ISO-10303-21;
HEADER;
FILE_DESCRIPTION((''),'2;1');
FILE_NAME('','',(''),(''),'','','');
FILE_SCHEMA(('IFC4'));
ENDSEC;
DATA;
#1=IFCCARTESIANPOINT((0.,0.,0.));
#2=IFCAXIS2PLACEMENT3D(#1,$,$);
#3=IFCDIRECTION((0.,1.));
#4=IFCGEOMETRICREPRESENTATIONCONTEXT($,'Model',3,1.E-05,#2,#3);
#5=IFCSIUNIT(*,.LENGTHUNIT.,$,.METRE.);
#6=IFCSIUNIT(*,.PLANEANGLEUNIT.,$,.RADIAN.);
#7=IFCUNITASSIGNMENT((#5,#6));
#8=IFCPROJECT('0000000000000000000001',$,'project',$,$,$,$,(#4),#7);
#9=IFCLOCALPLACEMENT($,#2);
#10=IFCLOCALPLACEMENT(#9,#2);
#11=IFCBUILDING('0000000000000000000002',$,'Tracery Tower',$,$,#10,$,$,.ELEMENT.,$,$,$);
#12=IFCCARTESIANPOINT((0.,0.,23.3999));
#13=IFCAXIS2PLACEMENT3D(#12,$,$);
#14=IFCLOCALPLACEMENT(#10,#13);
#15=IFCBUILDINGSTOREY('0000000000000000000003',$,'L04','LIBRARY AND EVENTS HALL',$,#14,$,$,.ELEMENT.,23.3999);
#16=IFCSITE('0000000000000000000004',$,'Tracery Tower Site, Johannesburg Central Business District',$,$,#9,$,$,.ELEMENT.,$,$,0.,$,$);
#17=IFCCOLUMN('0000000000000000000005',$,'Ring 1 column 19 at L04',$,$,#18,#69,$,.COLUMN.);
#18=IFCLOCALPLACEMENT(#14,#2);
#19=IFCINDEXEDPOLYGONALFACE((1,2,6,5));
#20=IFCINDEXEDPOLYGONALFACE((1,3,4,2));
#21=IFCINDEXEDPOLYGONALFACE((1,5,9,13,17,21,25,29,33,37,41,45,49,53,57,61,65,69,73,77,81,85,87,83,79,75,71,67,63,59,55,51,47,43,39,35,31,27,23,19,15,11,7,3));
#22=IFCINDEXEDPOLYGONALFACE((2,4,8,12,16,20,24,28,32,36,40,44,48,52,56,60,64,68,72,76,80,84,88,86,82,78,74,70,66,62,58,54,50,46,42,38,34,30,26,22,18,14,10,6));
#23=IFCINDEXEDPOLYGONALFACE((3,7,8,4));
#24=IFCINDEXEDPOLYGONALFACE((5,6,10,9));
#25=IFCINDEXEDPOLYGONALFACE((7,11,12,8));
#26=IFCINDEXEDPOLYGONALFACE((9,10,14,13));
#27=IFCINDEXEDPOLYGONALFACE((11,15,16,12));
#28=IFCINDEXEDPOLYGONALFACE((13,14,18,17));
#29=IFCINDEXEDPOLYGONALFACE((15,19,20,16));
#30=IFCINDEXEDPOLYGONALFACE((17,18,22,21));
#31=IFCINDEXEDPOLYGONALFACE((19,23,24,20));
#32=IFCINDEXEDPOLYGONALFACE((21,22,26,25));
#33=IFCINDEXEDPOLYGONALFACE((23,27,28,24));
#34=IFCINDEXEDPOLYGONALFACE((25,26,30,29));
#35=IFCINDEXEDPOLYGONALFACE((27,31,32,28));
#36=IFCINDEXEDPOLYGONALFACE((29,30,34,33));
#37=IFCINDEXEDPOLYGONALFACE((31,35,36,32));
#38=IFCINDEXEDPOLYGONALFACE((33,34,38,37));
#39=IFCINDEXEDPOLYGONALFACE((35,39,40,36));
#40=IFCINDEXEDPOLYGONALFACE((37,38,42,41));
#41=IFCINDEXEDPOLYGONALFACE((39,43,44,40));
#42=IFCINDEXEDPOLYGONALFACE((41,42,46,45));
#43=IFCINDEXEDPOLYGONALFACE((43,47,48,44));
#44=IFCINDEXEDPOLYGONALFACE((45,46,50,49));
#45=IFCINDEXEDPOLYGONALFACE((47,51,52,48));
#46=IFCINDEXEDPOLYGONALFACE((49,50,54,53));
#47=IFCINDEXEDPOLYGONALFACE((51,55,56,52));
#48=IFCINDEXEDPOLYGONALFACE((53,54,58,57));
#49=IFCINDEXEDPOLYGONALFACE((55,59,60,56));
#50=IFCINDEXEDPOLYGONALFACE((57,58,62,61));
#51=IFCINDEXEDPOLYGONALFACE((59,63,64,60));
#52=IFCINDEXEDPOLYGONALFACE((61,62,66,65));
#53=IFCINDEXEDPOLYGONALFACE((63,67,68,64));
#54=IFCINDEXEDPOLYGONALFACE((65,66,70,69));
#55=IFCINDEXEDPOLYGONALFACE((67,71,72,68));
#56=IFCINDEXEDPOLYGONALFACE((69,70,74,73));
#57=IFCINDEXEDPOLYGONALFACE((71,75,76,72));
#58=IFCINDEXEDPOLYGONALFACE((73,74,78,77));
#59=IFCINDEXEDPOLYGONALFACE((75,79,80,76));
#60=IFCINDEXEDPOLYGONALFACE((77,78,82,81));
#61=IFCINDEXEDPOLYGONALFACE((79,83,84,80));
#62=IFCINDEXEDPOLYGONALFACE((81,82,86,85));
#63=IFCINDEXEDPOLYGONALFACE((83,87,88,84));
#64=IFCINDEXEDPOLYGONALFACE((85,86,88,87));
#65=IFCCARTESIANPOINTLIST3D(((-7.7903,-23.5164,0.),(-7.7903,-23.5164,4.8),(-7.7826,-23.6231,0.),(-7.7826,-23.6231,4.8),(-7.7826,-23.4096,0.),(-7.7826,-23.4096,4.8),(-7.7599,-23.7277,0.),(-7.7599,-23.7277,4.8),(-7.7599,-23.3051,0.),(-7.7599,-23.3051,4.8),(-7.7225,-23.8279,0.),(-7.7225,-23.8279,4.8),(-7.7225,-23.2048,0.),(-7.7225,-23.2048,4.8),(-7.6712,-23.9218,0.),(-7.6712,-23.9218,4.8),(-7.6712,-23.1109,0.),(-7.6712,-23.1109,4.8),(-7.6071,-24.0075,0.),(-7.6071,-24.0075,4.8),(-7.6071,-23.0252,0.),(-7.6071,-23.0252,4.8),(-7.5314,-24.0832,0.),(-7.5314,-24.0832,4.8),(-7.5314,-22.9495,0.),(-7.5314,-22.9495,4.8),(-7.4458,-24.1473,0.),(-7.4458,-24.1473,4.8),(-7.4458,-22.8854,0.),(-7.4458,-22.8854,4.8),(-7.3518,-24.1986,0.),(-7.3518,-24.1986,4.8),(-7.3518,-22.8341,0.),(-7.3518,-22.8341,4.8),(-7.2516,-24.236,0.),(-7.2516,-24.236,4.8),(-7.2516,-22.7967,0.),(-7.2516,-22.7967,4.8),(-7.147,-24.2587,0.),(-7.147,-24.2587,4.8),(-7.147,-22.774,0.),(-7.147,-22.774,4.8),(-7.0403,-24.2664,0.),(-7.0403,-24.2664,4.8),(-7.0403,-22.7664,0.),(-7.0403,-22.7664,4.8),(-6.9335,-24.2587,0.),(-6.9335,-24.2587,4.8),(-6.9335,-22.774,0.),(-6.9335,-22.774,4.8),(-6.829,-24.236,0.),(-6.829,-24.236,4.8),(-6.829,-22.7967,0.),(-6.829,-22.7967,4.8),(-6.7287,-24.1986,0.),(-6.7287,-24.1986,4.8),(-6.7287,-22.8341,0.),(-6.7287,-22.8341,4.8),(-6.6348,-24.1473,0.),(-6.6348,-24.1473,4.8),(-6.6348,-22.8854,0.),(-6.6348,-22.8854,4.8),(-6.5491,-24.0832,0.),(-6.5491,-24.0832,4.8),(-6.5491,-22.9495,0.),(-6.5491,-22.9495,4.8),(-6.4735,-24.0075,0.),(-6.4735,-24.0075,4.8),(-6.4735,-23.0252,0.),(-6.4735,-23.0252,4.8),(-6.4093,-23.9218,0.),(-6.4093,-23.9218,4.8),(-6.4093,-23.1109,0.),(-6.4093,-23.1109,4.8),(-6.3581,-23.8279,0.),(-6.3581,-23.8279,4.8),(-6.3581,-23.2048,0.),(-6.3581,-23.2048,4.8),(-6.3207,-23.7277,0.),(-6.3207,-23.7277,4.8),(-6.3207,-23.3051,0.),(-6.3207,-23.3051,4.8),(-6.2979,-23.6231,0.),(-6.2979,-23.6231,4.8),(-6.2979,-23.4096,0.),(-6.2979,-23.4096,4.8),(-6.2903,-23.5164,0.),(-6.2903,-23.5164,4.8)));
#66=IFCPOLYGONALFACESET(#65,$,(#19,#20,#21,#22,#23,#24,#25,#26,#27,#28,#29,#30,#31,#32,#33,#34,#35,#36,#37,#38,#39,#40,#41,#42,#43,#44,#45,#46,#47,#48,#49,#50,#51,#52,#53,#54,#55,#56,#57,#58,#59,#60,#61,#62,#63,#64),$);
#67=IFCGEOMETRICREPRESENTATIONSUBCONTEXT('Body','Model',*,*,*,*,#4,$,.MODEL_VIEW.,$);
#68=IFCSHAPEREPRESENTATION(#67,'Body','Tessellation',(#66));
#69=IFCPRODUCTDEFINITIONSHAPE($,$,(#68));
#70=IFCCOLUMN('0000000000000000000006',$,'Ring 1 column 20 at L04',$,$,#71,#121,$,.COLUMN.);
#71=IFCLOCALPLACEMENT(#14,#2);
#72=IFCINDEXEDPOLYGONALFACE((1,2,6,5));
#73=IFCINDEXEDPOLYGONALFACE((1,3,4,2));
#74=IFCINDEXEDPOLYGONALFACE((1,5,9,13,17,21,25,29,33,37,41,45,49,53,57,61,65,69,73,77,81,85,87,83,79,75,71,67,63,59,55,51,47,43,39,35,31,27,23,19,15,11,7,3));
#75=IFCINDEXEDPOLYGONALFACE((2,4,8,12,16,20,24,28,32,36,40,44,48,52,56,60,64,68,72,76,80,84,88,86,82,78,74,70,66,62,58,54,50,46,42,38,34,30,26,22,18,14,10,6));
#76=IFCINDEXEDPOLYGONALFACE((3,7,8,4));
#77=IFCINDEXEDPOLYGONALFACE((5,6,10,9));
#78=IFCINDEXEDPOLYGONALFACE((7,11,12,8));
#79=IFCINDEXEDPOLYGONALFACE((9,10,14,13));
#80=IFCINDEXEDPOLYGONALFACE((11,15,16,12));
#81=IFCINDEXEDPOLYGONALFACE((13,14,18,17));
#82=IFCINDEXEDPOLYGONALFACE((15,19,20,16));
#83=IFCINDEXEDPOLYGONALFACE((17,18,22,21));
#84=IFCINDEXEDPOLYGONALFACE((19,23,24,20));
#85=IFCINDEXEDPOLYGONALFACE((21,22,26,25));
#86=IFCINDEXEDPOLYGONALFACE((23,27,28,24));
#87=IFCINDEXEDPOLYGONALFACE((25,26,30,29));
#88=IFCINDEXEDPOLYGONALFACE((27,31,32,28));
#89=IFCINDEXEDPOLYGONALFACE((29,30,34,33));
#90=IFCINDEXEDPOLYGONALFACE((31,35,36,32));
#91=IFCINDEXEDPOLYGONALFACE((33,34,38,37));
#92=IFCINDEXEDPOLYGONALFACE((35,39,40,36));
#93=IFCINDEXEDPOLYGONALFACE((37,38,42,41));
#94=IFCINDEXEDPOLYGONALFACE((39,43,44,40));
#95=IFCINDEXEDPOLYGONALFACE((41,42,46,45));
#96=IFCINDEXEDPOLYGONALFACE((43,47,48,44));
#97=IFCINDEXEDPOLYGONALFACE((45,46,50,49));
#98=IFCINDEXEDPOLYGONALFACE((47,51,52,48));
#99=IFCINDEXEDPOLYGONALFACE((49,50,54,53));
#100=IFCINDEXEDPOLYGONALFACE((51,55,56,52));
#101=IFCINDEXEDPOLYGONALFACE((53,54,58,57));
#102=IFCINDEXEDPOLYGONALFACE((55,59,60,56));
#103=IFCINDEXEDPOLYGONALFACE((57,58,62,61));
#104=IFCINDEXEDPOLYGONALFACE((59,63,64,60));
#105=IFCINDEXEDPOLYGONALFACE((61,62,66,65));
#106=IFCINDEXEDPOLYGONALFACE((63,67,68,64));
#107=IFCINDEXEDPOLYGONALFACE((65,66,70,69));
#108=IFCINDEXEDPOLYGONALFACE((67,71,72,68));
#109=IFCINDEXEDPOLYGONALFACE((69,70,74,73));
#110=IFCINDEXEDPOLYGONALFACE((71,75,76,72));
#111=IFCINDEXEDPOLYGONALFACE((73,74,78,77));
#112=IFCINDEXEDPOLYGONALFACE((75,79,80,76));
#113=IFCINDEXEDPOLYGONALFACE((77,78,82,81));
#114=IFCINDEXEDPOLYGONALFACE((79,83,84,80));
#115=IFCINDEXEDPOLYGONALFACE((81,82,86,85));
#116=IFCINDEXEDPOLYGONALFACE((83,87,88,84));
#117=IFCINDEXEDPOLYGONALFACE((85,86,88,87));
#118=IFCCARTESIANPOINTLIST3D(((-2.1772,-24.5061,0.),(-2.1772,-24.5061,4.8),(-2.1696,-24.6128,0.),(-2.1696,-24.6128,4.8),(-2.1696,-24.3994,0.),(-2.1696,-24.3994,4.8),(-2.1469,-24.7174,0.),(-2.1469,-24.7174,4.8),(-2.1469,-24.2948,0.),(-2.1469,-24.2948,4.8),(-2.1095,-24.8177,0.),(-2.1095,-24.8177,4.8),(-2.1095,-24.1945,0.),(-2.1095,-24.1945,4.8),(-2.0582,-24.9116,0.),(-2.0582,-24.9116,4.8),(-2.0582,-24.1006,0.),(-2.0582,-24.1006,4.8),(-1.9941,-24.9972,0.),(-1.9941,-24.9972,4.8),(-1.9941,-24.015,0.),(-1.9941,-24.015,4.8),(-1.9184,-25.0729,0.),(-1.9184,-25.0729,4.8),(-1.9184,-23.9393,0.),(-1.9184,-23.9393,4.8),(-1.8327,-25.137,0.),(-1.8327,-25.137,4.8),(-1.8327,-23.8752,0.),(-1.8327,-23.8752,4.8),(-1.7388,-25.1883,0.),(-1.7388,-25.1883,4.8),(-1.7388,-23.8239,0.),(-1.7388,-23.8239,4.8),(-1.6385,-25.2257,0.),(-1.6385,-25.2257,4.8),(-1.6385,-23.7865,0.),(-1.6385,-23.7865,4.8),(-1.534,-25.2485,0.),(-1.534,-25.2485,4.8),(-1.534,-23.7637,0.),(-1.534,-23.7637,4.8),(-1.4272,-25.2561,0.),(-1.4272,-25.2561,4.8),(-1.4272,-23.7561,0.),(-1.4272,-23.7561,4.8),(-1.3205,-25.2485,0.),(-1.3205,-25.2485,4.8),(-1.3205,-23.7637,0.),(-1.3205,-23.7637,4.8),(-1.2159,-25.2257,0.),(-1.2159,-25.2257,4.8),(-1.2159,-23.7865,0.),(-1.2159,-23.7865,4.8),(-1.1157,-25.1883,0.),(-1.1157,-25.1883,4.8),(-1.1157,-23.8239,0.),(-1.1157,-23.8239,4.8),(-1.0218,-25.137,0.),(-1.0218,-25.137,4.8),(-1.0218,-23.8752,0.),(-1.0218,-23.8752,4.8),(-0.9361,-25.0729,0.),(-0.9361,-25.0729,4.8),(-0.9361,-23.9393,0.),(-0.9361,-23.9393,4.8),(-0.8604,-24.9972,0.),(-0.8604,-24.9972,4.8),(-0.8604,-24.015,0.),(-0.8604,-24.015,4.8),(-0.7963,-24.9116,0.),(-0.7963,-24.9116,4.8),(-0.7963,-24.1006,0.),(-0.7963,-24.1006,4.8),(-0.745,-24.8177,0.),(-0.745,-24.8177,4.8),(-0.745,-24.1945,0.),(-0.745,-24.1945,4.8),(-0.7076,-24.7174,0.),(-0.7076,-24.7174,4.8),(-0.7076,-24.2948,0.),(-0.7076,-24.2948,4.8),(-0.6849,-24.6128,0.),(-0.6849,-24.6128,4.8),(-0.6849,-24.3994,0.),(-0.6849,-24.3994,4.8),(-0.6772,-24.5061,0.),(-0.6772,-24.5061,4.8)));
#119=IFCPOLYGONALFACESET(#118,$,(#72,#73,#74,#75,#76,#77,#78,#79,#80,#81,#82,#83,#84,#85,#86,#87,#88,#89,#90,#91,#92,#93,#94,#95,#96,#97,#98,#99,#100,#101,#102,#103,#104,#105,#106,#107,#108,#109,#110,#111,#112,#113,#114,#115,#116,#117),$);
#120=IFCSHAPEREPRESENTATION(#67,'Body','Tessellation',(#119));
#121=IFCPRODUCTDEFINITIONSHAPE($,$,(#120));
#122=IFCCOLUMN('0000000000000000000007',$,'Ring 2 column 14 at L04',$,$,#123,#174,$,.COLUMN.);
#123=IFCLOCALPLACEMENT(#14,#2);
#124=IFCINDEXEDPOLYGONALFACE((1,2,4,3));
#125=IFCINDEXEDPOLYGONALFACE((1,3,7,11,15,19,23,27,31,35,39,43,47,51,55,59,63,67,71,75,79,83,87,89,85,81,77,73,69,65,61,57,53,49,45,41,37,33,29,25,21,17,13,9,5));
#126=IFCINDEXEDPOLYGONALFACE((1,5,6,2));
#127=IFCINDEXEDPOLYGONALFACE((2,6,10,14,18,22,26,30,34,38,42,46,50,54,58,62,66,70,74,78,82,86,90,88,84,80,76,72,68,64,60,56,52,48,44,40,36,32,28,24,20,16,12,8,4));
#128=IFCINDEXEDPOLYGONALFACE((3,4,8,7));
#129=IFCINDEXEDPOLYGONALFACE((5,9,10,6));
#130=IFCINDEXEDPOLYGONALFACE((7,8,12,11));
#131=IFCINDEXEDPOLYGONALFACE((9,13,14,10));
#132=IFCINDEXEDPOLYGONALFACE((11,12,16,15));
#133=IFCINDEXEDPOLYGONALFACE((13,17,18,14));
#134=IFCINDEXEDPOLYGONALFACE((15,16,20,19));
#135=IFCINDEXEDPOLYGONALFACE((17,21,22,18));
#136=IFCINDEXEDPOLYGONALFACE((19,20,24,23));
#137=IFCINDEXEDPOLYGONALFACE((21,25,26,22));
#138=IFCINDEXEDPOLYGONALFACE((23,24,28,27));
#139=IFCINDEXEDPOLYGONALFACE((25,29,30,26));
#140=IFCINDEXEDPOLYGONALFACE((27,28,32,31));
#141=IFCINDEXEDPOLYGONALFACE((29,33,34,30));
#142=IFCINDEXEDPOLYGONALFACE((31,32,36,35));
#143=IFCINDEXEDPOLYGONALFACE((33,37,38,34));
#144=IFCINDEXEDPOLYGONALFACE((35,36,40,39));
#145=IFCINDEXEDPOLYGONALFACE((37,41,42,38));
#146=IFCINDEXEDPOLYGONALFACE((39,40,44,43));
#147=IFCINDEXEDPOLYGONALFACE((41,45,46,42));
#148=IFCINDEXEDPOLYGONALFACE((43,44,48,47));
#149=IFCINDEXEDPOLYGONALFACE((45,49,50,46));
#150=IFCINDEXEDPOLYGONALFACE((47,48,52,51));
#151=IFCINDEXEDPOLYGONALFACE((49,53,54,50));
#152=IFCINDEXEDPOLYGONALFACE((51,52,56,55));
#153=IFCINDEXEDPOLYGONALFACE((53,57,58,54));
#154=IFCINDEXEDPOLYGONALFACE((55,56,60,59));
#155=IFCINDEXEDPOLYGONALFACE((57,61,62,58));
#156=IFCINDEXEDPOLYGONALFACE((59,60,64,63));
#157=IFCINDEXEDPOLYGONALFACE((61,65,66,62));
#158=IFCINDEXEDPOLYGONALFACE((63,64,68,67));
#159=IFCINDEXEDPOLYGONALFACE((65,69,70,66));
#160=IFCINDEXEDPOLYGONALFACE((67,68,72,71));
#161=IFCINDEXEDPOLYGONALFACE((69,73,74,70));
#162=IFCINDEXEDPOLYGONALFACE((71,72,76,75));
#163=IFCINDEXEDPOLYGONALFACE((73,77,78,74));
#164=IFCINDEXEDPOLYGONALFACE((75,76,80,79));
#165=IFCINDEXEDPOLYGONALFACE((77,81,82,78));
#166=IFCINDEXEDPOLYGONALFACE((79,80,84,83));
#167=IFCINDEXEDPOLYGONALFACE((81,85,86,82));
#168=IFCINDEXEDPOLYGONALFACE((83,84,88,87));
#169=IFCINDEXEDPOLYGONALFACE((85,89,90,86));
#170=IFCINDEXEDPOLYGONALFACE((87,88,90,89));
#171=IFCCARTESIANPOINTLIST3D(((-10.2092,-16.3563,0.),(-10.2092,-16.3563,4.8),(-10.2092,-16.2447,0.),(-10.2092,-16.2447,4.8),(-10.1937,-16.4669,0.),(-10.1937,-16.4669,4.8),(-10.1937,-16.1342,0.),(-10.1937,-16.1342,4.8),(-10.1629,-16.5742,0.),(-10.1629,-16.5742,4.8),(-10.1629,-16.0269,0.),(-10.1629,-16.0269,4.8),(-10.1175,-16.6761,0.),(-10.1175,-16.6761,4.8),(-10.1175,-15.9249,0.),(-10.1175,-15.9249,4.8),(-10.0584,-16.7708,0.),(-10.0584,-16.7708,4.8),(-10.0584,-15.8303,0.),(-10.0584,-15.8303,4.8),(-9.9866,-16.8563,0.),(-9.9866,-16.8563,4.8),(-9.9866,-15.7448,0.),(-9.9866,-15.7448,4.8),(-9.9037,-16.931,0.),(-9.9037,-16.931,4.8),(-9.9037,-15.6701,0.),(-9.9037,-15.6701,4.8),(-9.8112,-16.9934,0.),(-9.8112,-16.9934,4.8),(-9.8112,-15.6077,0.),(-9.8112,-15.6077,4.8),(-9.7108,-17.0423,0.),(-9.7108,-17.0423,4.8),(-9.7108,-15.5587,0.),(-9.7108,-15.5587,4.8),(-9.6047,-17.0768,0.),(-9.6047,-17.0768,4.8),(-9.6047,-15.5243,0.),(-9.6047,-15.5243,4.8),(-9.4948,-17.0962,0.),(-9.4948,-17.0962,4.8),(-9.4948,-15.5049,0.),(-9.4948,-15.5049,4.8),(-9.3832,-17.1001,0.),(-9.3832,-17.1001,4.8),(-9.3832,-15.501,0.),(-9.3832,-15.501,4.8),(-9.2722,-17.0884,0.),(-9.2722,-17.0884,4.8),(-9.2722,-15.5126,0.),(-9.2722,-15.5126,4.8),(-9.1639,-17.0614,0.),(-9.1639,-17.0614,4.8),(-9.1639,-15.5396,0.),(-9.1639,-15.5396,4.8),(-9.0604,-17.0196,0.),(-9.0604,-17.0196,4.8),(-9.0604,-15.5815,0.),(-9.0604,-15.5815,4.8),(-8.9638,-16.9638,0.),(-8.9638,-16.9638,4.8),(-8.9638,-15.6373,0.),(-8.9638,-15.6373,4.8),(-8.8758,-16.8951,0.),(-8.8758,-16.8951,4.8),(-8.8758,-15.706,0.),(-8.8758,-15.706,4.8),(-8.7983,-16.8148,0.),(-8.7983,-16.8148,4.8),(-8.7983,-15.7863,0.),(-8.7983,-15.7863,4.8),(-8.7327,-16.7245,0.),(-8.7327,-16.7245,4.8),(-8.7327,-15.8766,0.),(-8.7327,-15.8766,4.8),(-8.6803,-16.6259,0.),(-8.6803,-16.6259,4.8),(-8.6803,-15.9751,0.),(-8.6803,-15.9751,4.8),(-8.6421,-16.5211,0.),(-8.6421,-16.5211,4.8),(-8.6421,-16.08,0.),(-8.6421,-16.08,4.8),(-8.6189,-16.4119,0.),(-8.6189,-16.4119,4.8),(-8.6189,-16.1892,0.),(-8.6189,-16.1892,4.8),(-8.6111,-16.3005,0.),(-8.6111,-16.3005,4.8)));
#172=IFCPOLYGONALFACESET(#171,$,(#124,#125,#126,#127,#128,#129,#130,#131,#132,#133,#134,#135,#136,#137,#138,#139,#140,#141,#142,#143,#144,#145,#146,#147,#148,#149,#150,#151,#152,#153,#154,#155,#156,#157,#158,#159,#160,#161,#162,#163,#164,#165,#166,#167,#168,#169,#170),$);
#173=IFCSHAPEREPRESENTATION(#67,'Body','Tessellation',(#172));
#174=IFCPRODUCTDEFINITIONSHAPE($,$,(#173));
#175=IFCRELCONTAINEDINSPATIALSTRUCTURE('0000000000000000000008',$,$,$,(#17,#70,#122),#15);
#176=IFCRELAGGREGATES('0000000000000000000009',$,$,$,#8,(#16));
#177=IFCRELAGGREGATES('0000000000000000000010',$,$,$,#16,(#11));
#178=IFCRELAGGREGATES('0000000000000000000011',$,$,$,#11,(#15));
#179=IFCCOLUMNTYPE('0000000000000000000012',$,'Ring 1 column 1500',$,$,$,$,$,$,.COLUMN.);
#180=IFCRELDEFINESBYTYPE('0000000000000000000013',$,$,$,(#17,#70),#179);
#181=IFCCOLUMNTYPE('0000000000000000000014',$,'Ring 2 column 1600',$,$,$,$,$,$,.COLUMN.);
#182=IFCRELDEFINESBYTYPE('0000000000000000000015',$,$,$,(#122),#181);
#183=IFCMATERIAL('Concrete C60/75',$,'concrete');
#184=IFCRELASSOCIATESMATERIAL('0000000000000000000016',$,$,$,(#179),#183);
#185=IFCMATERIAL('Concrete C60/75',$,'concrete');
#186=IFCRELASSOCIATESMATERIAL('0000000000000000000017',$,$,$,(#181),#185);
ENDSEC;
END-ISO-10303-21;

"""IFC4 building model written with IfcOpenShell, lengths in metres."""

from ifc_helpers import new_model, si_unit, direction, frame, origin, origin_2d, place, context, subcontext, project, spatial, circle, extrude, material, material_profile, profile_set, type_object, element, save


model = new_model("IFC4")

# Units and contexts
model_context = context("Model", 3, precision=1e-05, world=origin(), true_north=direction((0.0, 1.0)))
body_context = subcontext(model_context, "Body", "Model", "MODEL_VIEW")
ifc_project = project(units=[si_unit("LENGTHUNIT", "METRE"), si_unit("PLANEANGLEUNIT", "RADIAN")], contexts=[model_context])

# Site, building, storey
site_placement = place(None, origin())
site = spatial("IfcSite", under=ifc_project, at=site_placement, Name="Tracery Tower Site, Johannesburg Central Business District", CompositionType="ELEMENT", RefElevation=0.0)
building_placement = place(site_placement, origin())
building = spatial("IfcBuilding", under=site, at=building_placement, Name="Tracery Tower", CompositionType="ELEMENT")
storey_placement = place(building_placement, frame((0.0, 0.0, 23.3999)))
storey = spatial("IfcBuildingStorey", under=building, at=storey_placement, Name="L04", Description="LIBRARY AND EVENTS HALL", CompositionType="ELEMENT", Elevation=23.3999)

# Columns
ifc_material_1 = material(Name="Concrete C60/75", Category="concrete")
ifc_material_profile_1 = material_profile(ifc_material_1, circle(Radius=0.75, at=origin_2d()), Name="RC D1500")
ifc_profile_set_1 = profile_set([ifc_material_profile_1], Name="Concrete C60/75")
column_type_1 = type_object("IfcColumnType", Name="Ring 1 column 1500", PredefinedType="COLUMN", material=ifc_profile_set_1)
for number, where, z_axis, x_axis, name in (
    (1, (-7.0403, -23.5164, 0.0), (0.0, 0.0, 1.0), (1.0, 0.0, 0.0), "Ring 1 column 19 at L04"),
    (2, (-1.4272, -24.5061, 0.0), (0.0, 0.0, 1.0), (1.0, 0.0, 0.0), "Ring 1 column 20 at L04"),
):
    element("IfcColumn", number, at=place(storey_placement, frame(where, z_axis=z_axis, x_axis=x_axis)), inside=storey, type_object=column_type_1, Name=name, PredefinedType="COLUMN", context=body_context, shape_type="SweptSolid", body=[
        extrude(circle(Radius=0.75, at=origin_2d()), origin(), (0.0, 0.0, 1.0), 4.8),
    ])
ifc_material_2 = material(Name="Concrete C60/75", Category="concrete")
ifc_material_profile_2 = material_profile(ifc_material_2, circle(Radius=0.8, at=origin_2d()), Name="RC D1600")
ifc_profile_set_2 = profile_set([ifc_material_profile_2], Name="Concrete C60/75")
column_type_2 = type_object("IfcColumnType", Name="Ring 2 column 1600", PredefinedType="COLUMN", material=ifc_profile_set_2)
for number, where, z_axis, x_axis, name in (
    (3, (-9.4111, -16.3005, 0.0), (0.0, 0.0, 1.0), (1.0, 0.0, 0.0), "Ring 2 column 14 at L04"),
):
    element("IfcColumn", number, at=place(storey_placement, frame(where, z_axis=z_axis, x_axis=x_axis)), inside=storey, type_object=column_type_2, Name=name, PredefinedType="COLUMN", context=body_context, shape_type="SweptSolid", body=[
        extrude(circle(Radius=0.8, at=origin_2d()), origin(), (0.0, 0.0, 1.0), 4.8),
    ])

save(model, "model.ifc")
